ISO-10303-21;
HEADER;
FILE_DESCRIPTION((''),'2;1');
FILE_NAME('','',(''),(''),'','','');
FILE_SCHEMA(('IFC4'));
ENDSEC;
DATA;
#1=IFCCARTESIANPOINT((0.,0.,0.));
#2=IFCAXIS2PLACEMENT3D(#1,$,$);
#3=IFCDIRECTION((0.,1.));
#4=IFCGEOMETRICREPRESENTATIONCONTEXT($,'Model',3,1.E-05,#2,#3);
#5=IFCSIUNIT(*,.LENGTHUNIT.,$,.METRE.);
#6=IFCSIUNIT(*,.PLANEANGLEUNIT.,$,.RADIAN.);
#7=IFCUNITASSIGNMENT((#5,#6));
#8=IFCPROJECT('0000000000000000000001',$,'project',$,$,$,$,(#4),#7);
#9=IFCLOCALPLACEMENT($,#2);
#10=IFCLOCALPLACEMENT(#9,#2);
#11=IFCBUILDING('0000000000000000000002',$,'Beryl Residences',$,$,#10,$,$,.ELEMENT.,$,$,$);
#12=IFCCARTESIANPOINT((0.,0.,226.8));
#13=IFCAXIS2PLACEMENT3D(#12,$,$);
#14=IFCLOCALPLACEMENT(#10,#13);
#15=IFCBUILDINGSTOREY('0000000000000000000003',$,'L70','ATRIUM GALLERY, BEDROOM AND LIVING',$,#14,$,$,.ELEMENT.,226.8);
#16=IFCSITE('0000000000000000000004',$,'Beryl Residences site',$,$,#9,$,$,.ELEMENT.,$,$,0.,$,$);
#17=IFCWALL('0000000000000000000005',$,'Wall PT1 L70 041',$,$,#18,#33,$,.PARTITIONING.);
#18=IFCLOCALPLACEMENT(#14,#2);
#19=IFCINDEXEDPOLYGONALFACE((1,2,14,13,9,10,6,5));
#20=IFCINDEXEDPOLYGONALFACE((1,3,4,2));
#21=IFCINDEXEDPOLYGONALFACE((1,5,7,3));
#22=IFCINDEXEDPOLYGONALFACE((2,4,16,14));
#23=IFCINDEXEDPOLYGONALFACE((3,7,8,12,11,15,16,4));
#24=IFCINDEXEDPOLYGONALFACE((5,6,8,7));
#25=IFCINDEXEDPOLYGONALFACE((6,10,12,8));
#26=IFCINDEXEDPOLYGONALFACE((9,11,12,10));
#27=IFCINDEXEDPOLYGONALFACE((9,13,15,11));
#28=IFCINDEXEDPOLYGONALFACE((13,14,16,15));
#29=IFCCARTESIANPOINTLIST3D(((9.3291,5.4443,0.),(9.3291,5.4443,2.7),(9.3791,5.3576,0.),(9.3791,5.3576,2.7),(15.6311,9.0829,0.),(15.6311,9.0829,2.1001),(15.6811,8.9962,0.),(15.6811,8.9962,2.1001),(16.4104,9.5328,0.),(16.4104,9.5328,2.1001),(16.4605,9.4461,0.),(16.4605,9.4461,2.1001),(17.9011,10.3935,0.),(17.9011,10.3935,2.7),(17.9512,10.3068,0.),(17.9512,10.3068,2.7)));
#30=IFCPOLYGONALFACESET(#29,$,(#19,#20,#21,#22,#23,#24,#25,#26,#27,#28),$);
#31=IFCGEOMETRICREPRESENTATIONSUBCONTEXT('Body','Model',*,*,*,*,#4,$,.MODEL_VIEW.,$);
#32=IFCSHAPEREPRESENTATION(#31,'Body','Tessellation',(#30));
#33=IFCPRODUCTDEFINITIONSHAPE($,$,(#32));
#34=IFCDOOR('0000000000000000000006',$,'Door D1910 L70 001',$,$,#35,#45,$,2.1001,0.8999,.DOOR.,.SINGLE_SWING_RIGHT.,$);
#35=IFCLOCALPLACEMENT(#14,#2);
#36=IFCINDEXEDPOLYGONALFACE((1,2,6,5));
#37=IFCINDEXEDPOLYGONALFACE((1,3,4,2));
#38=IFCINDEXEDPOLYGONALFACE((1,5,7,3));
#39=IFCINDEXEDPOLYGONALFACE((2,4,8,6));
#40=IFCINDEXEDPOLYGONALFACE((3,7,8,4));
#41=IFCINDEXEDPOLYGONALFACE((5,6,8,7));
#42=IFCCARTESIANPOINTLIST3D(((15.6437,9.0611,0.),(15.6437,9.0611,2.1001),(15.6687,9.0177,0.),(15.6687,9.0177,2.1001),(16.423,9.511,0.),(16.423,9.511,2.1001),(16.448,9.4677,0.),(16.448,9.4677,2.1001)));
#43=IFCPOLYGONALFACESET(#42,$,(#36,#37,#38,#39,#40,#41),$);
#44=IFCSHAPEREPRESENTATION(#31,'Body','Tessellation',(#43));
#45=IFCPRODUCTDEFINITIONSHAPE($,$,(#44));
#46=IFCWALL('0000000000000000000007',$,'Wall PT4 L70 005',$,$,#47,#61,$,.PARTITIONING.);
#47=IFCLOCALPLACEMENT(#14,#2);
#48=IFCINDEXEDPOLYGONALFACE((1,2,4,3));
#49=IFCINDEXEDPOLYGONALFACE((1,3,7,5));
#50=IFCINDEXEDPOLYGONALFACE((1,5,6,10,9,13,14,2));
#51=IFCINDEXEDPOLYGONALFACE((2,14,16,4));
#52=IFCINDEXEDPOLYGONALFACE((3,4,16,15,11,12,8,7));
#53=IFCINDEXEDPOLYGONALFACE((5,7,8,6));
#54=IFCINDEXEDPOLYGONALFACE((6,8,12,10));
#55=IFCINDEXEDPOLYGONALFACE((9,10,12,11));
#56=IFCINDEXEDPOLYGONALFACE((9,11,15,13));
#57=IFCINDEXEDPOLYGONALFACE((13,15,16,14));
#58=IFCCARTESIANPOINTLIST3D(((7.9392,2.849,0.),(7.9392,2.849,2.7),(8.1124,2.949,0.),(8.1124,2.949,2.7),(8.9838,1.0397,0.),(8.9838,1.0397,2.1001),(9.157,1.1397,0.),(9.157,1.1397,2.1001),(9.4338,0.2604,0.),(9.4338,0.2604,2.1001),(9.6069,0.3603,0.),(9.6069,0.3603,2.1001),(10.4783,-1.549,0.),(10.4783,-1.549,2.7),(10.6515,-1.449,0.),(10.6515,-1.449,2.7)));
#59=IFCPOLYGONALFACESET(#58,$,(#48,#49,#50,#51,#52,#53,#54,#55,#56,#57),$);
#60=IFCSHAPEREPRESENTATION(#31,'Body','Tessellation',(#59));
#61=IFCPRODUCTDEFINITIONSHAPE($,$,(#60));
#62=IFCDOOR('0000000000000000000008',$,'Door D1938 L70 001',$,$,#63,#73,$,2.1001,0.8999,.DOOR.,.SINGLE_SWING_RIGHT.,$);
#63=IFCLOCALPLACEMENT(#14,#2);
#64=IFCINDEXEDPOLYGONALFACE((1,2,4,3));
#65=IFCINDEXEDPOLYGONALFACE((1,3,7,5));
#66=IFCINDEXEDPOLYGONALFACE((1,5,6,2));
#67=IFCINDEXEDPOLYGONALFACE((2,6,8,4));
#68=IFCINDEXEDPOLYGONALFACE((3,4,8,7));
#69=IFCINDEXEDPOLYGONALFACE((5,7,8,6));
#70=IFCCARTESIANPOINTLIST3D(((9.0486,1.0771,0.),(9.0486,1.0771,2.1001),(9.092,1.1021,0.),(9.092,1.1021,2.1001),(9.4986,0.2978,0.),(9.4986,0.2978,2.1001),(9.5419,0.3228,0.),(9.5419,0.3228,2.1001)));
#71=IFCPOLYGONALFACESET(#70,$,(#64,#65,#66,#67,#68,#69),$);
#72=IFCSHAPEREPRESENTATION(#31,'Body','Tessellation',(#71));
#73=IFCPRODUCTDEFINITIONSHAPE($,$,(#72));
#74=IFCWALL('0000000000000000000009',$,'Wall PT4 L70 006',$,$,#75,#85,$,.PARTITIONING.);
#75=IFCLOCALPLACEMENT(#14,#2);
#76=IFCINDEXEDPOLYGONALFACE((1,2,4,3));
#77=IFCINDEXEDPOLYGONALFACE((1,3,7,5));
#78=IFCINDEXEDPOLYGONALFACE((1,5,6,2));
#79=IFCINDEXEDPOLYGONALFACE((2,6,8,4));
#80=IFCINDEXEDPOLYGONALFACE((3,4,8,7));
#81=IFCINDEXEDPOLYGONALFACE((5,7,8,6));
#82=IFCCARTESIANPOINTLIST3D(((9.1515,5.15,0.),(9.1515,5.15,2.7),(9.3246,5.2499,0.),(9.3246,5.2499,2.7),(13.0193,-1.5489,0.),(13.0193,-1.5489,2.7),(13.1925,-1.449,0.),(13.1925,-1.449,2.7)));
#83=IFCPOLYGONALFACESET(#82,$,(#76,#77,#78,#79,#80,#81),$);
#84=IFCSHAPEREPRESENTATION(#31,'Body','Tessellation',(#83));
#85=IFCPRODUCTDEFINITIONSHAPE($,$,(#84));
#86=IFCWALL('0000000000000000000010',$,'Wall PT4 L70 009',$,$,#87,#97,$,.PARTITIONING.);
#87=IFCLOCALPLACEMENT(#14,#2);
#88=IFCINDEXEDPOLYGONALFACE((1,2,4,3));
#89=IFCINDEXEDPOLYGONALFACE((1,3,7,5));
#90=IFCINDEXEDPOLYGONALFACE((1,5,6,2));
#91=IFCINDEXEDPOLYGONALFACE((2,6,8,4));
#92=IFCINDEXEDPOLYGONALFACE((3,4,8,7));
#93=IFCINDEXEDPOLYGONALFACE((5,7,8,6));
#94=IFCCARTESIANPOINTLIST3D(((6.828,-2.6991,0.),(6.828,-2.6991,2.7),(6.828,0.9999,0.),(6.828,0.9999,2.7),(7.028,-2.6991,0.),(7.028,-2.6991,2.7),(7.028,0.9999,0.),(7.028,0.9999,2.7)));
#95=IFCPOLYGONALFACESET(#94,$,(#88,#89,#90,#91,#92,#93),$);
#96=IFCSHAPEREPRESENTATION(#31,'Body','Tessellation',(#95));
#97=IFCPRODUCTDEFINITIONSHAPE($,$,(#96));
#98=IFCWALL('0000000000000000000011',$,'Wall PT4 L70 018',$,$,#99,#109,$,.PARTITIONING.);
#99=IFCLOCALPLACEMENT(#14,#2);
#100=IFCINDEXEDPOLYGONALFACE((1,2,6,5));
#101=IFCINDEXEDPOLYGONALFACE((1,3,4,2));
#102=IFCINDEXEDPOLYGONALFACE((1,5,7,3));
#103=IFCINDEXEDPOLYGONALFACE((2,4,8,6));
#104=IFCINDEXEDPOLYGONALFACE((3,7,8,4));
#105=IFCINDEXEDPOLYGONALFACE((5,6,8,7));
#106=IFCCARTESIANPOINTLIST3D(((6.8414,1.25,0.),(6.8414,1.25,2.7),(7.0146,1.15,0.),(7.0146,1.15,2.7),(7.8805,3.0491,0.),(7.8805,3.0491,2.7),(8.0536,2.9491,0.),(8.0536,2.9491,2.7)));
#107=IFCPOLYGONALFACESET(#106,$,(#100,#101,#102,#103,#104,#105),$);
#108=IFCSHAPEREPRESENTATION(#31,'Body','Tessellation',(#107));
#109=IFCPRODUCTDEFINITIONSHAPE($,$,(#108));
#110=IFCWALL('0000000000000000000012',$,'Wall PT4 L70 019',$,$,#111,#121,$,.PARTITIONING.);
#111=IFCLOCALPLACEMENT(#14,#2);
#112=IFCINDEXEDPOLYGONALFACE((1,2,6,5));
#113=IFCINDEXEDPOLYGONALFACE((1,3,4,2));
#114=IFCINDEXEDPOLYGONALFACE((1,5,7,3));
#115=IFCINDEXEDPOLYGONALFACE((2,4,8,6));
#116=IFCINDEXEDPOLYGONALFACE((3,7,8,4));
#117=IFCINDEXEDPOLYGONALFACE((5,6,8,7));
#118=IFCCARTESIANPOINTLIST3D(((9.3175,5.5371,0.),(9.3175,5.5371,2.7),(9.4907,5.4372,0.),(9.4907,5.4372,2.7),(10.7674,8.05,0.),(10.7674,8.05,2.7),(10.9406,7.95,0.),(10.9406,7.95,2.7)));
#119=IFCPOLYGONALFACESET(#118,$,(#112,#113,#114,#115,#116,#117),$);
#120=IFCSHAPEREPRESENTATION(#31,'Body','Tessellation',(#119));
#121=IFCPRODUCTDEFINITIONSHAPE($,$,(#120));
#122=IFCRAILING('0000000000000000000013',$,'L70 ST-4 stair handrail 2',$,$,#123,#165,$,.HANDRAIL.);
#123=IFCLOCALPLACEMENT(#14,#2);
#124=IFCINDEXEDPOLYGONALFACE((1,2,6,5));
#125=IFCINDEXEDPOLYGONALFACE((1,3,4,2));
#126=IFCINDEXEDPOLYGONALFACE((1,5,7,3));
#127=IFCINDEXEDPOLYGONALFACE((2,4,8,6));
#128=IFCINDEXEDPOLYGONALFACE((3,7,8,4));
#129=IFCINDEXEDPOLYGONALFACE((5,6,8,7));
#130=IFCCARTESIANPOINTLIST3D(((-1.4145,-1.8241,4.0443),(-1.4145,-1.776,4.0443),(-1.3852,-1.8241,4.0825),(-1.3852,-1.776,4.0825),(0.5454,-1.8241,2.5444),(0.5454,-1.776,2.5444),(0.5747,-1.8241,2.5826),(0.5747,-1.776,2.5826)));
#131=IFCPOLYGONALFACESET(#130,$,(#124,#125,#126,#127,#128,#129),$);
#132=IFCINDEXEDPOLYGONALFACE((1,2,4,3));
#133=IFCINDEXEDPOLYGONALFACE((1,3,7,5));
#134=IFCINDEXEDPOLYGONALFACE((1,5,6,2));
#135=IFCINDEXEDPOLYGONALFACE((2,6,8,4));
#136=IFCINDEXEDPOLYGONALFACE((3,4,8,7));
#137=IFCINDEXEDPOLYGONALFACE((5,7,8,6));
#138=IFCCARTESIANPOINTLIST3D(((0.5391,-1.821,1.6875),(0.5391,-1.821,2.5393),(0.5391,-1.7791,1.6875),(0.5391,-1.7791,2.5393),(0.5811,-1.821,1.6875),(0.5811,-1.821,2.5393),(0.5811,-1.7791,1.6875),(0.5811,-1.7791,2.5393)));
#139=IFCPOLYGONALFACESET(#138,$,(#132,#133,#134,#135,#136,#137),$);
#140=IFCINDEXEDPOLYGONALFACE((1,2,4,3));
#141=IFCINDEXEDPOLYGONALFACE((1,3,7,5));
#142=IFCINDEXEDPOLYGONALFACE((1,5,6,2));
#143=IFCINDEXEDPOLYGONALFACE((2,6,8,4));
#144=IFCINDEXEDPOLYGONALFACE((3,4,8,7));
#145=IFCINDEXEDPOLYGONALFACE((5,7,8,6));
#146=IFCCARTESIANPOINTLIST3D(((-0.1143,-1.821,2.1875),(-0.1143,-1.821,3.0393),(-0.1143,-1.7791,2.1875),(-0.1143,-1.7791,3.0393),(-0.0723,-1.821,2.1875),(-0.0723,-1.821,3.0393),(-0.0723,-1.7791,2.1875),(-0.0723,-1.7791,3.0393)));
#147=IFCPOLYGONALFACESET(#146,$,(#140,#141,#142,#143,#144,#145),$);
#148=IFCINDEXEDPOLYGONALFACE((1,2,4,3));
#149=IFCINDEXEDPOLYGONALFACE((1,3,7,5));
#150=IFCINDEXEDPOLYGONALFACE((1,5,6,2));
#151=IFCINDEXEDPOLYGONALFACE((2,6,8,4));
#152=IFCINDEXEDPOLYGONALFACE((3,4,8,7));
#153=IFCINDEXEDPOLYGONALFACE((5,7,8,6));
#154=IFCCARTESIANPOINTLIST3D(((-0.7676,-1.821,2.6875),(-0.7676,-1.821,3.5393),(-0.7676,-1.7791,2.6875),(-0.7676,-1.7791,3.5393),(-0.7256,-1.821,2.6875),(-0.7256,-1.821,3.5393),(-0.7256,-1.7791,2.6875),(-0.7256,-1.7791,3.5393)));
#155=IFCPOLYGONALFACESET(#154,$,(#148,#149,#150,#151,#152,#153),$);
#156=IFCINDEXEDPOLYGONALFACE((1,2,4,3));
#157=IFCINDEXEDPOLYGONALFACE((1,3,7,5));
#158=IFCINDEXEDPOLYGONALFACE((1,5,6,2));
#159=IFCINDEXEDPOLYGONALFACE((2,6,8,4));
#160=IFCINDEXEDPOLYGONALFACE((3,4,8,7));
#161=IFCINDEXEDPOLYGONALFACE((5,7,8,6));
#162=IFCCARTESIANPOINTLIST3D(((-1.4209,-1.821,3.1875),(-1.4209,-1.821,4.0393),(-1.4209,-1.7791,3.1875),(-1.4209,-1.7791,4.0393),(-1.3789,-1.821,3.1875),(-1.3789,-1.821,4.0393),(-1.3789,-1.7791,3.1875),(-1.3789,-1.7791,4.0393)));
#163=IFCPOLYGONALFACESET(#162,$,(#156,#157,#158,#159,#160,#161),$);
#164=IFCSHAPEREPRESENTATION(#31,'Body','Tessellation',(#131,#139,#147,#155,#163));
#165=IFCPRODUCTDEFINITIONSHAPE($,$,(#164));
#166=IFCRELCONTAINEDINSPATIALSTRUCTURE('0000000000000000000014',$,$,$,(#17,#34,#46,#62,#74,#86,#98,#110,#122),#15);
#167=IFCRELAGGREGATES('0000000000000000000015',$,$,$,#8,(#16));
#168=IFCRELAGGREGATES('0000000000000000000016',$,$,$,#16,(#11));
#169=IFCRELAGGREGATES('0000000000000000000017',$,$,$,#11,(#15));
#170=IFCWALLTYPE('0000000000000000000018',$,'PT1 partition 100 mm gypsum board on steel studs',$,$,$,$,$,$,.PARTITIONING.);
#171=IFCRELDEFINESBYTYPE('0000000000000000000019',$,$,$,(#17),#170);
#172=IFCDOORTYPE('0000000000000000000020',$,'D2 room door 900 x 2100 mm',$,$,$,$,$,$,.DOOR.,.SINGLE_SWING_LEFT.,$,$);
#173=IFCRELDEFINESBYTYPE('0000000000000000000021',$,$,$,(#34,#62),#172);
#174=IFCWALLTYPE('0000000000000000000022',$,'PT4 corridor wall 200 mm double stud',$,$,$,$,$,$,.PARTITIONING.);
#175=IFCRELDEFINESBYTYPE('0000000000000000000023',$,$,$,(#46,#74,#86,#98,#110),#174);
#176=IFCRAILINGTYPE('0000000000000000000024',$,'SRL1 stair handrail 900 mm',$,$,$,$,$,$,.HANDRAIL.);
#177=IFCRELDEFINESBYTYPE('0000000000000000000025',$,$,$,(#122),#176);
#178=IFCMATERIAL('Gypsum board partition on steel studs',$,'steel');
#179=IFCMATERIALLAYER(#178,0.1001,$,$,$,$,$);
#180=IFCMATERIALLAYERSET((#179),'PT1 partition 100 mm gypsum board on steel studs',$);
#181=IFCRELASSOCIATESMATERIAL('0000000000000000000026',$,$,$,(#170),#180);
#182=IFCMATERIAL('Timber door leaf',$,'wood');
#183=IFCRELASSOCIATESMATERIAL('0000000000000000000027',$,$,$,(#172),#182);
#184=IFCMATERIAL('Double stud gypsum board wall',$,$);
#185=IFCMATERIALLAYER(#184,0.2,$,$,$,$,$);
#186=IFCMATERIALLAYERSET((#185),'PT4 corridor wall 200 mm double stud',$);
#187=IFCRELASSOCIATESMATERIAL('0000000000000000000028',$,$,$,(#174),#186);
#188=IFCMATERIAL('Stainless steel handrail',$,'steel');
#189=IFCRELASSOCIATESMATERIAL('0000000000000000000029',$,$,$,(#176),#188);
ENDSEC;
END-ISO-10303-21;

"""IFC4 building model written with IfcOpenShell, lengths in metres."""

from ifc_helpers import new_model, si_unit, direction, frame, frame_2d, origin, origin_2d, place, context, subcontext, project, spatial, rectangle, extrude, material, layer, layer_set, type_object, element, fill, save


model = new_model("IFC4")

# Units and contexts
model_context = context("Model", 3, precision=1e-05, world=origin(), true_north=direction((0.0, 1.0)))
body_context = subcontext(model_context, "Body", "Model", "MODEL_VIEW")
ifc_project = project(units=[si_unit("LENGTHUNIT", "METRE"), si_unit("PLANEANGLEUNIT", "RADIAN")], contexts=[model_context])

# Site, building, storey
site_placement = place(None, origin())
site = spatial("IfcSite", under=ifc_project, at=site_placement, Name="Beryl Residences site", CompositionType="ELEMENT", RefElevation=0.0)
building_placement = place(site_placement, origin())
building = spatial("IfcBuilding", under=site, at=building_placement, Name="Beryl Residences", CompositionType="ELEMENT")
storey_placement = place(building_placement, frame((0.0, 0.0, 226.8)))
storey = spatial("IfcBuildingStorey", under=building, at=storey_placement, Name="L70", Description="ATRIUM GALLERY, BEDROOM AND LIVING", CompositionType="ELEMENT", Elevation=226.8)

# Shared definitions
ifc_material_1 = material(Name="Gypsum board partition on steel studs", Category="steel")
ifc_layer_1 = layer(ifc_material_1, 0.1001)
ifc_layer_set_1 = layer_set([ifc_layer_1], Name="PT1 partition 100 mm gypsum board on steel studs")
wall_type_1 = type_object("IfcWallType", Name="PT1 partition 100 mm gypsum board on steel studs", PredefinedType="PARTITIONING", material=ifc_layer_set_1)

# Walls, openings, doors
ifc_material_2 = material(Name="Timber door leaf", Category="wood")
door_type_1 = type_object("IfcDoorType", Name="D2 room door 900 x 2100 mm", OperationType="SINGLE_SWING_LEFT", PredefinedType="DOOR", material=ifc_material_2)
wall_1_placement = place(storey_placement, frame((9.354, 5.4009, 0.0), z_axis=(0.0, 0.0, 1.0), x_axis=(0.866018, 0.500012, 0.0)))
wall_1 = element("IfcWall", 1, at=wall_1_placement, inside=storey, type_object=wall_type_1, Name="Wall PT1 L70 041", PredefinedType="PARTITIONING", context=body_context, shape_type="SweptSolid", body=[
    extrude(rectangle(XDim=9.8982, YDim=0.1001, at=frame_2d((4.9492, 0.0))), origin(), (0.0, 0.0, 1.0), 2.7),
])
opening_1_placement = place(wall_1_placement, frame((7.2771, 0.0, 0.0)))
opening_1 = element("IfcOpeningElement", 2, at=opening_1_placement, cuts=wall_1, PredefinedType="OPENING", context=body_context, shape_type="SweptSolid", body=[
    extrude(rectangle(XDim=0.8999, YDim=2.1001, at=frame_2d((0.45, 1.05))), frame((0.0, 0.0601, 0.0), z_axis=(0.0, -1.0, 0.0), x_axis=(1.0, 0.0, 0.0)), (0.0, 0.0, 1.0), 0.1201),
])
door_1_placement = place(opening_1_placement, origin())
door_1 = element("IfcDoor", 3, at=door_1_placement, inside=storey, type_object=door_type_1, Name="Door D1910 L70 001", OperationType="SINGLE_SWING_RIGHT", OverallHeight=2.1001, OverallWidth=0.8999, PredefinedType="DOOR", context=body_context, shape_type="SweptSolid", body=[
    extrude(rectangle(XDim=0.8999, YDim=2.1001, at=frame_2d((0.45, 1.05))), frame((0.0, 0.0249, 0.0), z_axis=(0.0, -1.0, 0.0), x_axis=(1.0, 0.0, 0.0)), (0.0, 0.0, 1.0), 0.05),
])
fill(opening_1, door_1)
ifc_material_3 = material(Name="Double stud gypsum board wall")
ifc_layer_2 = layer(ifc_material_3, 0.2)
ifc_layer_set_2 = layer_set([ifc_layer_2], Name="PT4 corridor wall 200 mm double stud")
wall_type_2 = type_object("IfcWallType", Name="PT4 corridor wall 200 mm double stud", PredefinedType="PARTITIONING", material=ifc_layer_set_2)
wall_2_placement = place(storey_placement, frame((8.0259, 2.8989, 0.0), z_axis=(0.0, 0.0, 1.0), x_axis=(0.499986, -0.866033, 0.0)))
wall_2 = element("IfcWall", 4, at=wall_2_placement, inside=storey, type_object=wall_type_2, Name="Wall PT4 L70 005", PredefinedType="PARTITIONING", context=body_context, shape_type="SweptSolid", body=[
    extrude(rectangle(XDim=5.0784, YDim=0.2, at=frame_2d((2.5391, 0.0))), origin(), (0.0, 0.0, 1.0), 2.7),
])
opening_2_placement = place(wall_2_placement, frame((2.0891, 0.0, 0.0)))
opening_2 = element("IfcOpeningElement", 5, at=opening_2_placement, cuts=wall_2, PredefinedType="OPENING", context=body_context, shape_type="SweptSolid", body=[
    extrude(rectangle(XDim=0.8999, YDim=2.1001, at=frame_2d((0.45, 1.05))), frame((0.0, 0.1099, 0.0), z_axis=(0.0, -1.0, 0.0), x_axis=(1.0, 0.0, 0.0)), (0.0, 0.0, 1.0), 0.22),
])
door_2_placement = place(opening_2_placement, origin())
door_2 = element("IfcDoor", 6, at=door_2_placement, inside=storey, type_object=door_type_1, Name="Door D1938 L70 001", OperationType="SINGLE_SWING_RIGHT", OverallHeight=2.1001, OverallWidth=0.8999, PredefinedType="DOOR", context=body_context, shape_type="SweptSolid", body=[
    extrude(rectangle(XDim=0.8999, YDim=2.1001, at=frame_2d((0.45, 1.05))), frame((0.0, 0.0249, 0.0), z_axis=(0.0, -1.0, 0.0), x_axis=(1.0, 0.0, 0.0)), (0.0, 0.0, 1.0), 0.05),
])
fill(opening_2, door_2)

# Walls
wall_3_placement = place(storey_placement, frame((9.238, 5.2, 0.0), z_axis=(0.0, 0.0, 1.0), x_axis=(0.500026, -0.866011, 0.0)))
element("IfcWall", 7, at=wall_3_placement, inside=storey, type_object=wall_type_2, Name="Wall PT4 L70 006", PredefinedType="PARTITIONING", context=body_context, shape_type="SweptSolid", body=[
    extrude(rectangle(XDim=7.7354, YDim=0.2, at=frame_2d((3.8677, 0.0))), origin(), (0.0, 0.0, 1.0), 2.7),
])
wall_4_placement = place(storey_placement, frame((6.928, 1.0, 0.0), z_axis=(0.0, 0.0, 1.0), x_axis=(0.0, -1.0, 0.0)))
element("IfcWall", 8, at=wall_4_placement, inside=storey, type_object=wall_type_2, Name="Wall PT4 L70 009", PredefinedType="PARTITIONING", context=body_context, shape_type="SweptSolid", body=[
    extrude(rectangle(XDim=3.699, YDim=0.2, at=frame_2d((1.8496, 0.0))), origin(), (0.0, 0.0, 1.0), 2.7),
])
wall_5_placement = place(storey_placement, frame((6.928, 1.2, 0.0), z_axis=(0.0, 0.0, 1.0), x_axis=(0.500133, 0.865949, 0.0)))
element("IfcWall", 9, at=wall_5_placement, inside=storey, type_object=wall_type_2, Name="Wall PT4 L70 018", PredefinedType="PARTITIONING", context=body_context, shape_type="SweptSolid", body=[
    extrude(rectangle(XDim=2.0776, YDim=0.2, at=frame_2d((1.0388, 0.0))), origin(), (0.0, 0.0, 1.0), 2.7),
])
wall_6_placement = place(storey_placement, frame((9.4041, 5.4871, 0.0), z_axis=(0.0, 0.0, 1.0), x_axis=(0.499769, 0.866159, 0.0)))
element("IfcWall", 10, at=wall_6_placement, inside=storey, type_object=wall_type_2, Name="Wall PT4 L70 019", PredefinedType="PARTITIONING", context=body_context, shape_type="SweptSolid", body=[
    extrude(rectangle(XDim=2.9011, YDim=0.2, at=frame_2d((1.4507, 0.0))), origin(), (0.0, 0.0, 1.0), 2.7),
])

# Railing
ifc_material_4 = material(Name="Stainless steel handrail", Category="steel")
railing_type_1 = type_object("IfcRailingType", Name="SRL1 stair handrail 900 mm", PredefinedType="HANDRAIL", material=ifc_material_4)
railing_1_placement = place(storey_placement, frame((0.5601, -1.8, 1.6875)))
element("IfcRailing", 11, at=railing_1_placement, inside=storey, type_object=railing_type_1, Name="L70 ST-4 stair handrail 2", PredefinedType="HANDRAIL", context=body_context, shape_type="SweptSolid", body=[
    extrude(rectangle(XDim=0.0481, YDim=0.0481, at=origin_2d()), frame((0.0, 0.0, 0.876), z_axis=(-0.794122, 0.0, 0.607758), x_axis=(0.0, -1.0, 0.0)), (0.0, 0.0, 1.0), 2.468),
    extrude(rectangle(XDim=0.042, YDim=0.042, at=origin_2d()), origin(), (0.0, 0.0, 1.0), 0.8518),
    extrude(rectangle(XDim=0.042, YDim=0.042, at=origin_2d()), frame((-0.6533, 0.0, 0.5)), (0.0, 0.0, 1.0), 0.8518),
    extrude(rectangle(XDim=0.042, YDim=0.042, at=origin_2d()), frame((-1.3066, 0.0, 1.0)), (0.0, 0.0, 1.0), 0.8518),
    extrude(rectangle(XDim=0.042, YDim=0.042, at=origin_2d()), frame((-1.96, 0.0, 1.5)), (0.0, 0.0, 1.0), 0.8518),
])

save(model, "model.ifc")
